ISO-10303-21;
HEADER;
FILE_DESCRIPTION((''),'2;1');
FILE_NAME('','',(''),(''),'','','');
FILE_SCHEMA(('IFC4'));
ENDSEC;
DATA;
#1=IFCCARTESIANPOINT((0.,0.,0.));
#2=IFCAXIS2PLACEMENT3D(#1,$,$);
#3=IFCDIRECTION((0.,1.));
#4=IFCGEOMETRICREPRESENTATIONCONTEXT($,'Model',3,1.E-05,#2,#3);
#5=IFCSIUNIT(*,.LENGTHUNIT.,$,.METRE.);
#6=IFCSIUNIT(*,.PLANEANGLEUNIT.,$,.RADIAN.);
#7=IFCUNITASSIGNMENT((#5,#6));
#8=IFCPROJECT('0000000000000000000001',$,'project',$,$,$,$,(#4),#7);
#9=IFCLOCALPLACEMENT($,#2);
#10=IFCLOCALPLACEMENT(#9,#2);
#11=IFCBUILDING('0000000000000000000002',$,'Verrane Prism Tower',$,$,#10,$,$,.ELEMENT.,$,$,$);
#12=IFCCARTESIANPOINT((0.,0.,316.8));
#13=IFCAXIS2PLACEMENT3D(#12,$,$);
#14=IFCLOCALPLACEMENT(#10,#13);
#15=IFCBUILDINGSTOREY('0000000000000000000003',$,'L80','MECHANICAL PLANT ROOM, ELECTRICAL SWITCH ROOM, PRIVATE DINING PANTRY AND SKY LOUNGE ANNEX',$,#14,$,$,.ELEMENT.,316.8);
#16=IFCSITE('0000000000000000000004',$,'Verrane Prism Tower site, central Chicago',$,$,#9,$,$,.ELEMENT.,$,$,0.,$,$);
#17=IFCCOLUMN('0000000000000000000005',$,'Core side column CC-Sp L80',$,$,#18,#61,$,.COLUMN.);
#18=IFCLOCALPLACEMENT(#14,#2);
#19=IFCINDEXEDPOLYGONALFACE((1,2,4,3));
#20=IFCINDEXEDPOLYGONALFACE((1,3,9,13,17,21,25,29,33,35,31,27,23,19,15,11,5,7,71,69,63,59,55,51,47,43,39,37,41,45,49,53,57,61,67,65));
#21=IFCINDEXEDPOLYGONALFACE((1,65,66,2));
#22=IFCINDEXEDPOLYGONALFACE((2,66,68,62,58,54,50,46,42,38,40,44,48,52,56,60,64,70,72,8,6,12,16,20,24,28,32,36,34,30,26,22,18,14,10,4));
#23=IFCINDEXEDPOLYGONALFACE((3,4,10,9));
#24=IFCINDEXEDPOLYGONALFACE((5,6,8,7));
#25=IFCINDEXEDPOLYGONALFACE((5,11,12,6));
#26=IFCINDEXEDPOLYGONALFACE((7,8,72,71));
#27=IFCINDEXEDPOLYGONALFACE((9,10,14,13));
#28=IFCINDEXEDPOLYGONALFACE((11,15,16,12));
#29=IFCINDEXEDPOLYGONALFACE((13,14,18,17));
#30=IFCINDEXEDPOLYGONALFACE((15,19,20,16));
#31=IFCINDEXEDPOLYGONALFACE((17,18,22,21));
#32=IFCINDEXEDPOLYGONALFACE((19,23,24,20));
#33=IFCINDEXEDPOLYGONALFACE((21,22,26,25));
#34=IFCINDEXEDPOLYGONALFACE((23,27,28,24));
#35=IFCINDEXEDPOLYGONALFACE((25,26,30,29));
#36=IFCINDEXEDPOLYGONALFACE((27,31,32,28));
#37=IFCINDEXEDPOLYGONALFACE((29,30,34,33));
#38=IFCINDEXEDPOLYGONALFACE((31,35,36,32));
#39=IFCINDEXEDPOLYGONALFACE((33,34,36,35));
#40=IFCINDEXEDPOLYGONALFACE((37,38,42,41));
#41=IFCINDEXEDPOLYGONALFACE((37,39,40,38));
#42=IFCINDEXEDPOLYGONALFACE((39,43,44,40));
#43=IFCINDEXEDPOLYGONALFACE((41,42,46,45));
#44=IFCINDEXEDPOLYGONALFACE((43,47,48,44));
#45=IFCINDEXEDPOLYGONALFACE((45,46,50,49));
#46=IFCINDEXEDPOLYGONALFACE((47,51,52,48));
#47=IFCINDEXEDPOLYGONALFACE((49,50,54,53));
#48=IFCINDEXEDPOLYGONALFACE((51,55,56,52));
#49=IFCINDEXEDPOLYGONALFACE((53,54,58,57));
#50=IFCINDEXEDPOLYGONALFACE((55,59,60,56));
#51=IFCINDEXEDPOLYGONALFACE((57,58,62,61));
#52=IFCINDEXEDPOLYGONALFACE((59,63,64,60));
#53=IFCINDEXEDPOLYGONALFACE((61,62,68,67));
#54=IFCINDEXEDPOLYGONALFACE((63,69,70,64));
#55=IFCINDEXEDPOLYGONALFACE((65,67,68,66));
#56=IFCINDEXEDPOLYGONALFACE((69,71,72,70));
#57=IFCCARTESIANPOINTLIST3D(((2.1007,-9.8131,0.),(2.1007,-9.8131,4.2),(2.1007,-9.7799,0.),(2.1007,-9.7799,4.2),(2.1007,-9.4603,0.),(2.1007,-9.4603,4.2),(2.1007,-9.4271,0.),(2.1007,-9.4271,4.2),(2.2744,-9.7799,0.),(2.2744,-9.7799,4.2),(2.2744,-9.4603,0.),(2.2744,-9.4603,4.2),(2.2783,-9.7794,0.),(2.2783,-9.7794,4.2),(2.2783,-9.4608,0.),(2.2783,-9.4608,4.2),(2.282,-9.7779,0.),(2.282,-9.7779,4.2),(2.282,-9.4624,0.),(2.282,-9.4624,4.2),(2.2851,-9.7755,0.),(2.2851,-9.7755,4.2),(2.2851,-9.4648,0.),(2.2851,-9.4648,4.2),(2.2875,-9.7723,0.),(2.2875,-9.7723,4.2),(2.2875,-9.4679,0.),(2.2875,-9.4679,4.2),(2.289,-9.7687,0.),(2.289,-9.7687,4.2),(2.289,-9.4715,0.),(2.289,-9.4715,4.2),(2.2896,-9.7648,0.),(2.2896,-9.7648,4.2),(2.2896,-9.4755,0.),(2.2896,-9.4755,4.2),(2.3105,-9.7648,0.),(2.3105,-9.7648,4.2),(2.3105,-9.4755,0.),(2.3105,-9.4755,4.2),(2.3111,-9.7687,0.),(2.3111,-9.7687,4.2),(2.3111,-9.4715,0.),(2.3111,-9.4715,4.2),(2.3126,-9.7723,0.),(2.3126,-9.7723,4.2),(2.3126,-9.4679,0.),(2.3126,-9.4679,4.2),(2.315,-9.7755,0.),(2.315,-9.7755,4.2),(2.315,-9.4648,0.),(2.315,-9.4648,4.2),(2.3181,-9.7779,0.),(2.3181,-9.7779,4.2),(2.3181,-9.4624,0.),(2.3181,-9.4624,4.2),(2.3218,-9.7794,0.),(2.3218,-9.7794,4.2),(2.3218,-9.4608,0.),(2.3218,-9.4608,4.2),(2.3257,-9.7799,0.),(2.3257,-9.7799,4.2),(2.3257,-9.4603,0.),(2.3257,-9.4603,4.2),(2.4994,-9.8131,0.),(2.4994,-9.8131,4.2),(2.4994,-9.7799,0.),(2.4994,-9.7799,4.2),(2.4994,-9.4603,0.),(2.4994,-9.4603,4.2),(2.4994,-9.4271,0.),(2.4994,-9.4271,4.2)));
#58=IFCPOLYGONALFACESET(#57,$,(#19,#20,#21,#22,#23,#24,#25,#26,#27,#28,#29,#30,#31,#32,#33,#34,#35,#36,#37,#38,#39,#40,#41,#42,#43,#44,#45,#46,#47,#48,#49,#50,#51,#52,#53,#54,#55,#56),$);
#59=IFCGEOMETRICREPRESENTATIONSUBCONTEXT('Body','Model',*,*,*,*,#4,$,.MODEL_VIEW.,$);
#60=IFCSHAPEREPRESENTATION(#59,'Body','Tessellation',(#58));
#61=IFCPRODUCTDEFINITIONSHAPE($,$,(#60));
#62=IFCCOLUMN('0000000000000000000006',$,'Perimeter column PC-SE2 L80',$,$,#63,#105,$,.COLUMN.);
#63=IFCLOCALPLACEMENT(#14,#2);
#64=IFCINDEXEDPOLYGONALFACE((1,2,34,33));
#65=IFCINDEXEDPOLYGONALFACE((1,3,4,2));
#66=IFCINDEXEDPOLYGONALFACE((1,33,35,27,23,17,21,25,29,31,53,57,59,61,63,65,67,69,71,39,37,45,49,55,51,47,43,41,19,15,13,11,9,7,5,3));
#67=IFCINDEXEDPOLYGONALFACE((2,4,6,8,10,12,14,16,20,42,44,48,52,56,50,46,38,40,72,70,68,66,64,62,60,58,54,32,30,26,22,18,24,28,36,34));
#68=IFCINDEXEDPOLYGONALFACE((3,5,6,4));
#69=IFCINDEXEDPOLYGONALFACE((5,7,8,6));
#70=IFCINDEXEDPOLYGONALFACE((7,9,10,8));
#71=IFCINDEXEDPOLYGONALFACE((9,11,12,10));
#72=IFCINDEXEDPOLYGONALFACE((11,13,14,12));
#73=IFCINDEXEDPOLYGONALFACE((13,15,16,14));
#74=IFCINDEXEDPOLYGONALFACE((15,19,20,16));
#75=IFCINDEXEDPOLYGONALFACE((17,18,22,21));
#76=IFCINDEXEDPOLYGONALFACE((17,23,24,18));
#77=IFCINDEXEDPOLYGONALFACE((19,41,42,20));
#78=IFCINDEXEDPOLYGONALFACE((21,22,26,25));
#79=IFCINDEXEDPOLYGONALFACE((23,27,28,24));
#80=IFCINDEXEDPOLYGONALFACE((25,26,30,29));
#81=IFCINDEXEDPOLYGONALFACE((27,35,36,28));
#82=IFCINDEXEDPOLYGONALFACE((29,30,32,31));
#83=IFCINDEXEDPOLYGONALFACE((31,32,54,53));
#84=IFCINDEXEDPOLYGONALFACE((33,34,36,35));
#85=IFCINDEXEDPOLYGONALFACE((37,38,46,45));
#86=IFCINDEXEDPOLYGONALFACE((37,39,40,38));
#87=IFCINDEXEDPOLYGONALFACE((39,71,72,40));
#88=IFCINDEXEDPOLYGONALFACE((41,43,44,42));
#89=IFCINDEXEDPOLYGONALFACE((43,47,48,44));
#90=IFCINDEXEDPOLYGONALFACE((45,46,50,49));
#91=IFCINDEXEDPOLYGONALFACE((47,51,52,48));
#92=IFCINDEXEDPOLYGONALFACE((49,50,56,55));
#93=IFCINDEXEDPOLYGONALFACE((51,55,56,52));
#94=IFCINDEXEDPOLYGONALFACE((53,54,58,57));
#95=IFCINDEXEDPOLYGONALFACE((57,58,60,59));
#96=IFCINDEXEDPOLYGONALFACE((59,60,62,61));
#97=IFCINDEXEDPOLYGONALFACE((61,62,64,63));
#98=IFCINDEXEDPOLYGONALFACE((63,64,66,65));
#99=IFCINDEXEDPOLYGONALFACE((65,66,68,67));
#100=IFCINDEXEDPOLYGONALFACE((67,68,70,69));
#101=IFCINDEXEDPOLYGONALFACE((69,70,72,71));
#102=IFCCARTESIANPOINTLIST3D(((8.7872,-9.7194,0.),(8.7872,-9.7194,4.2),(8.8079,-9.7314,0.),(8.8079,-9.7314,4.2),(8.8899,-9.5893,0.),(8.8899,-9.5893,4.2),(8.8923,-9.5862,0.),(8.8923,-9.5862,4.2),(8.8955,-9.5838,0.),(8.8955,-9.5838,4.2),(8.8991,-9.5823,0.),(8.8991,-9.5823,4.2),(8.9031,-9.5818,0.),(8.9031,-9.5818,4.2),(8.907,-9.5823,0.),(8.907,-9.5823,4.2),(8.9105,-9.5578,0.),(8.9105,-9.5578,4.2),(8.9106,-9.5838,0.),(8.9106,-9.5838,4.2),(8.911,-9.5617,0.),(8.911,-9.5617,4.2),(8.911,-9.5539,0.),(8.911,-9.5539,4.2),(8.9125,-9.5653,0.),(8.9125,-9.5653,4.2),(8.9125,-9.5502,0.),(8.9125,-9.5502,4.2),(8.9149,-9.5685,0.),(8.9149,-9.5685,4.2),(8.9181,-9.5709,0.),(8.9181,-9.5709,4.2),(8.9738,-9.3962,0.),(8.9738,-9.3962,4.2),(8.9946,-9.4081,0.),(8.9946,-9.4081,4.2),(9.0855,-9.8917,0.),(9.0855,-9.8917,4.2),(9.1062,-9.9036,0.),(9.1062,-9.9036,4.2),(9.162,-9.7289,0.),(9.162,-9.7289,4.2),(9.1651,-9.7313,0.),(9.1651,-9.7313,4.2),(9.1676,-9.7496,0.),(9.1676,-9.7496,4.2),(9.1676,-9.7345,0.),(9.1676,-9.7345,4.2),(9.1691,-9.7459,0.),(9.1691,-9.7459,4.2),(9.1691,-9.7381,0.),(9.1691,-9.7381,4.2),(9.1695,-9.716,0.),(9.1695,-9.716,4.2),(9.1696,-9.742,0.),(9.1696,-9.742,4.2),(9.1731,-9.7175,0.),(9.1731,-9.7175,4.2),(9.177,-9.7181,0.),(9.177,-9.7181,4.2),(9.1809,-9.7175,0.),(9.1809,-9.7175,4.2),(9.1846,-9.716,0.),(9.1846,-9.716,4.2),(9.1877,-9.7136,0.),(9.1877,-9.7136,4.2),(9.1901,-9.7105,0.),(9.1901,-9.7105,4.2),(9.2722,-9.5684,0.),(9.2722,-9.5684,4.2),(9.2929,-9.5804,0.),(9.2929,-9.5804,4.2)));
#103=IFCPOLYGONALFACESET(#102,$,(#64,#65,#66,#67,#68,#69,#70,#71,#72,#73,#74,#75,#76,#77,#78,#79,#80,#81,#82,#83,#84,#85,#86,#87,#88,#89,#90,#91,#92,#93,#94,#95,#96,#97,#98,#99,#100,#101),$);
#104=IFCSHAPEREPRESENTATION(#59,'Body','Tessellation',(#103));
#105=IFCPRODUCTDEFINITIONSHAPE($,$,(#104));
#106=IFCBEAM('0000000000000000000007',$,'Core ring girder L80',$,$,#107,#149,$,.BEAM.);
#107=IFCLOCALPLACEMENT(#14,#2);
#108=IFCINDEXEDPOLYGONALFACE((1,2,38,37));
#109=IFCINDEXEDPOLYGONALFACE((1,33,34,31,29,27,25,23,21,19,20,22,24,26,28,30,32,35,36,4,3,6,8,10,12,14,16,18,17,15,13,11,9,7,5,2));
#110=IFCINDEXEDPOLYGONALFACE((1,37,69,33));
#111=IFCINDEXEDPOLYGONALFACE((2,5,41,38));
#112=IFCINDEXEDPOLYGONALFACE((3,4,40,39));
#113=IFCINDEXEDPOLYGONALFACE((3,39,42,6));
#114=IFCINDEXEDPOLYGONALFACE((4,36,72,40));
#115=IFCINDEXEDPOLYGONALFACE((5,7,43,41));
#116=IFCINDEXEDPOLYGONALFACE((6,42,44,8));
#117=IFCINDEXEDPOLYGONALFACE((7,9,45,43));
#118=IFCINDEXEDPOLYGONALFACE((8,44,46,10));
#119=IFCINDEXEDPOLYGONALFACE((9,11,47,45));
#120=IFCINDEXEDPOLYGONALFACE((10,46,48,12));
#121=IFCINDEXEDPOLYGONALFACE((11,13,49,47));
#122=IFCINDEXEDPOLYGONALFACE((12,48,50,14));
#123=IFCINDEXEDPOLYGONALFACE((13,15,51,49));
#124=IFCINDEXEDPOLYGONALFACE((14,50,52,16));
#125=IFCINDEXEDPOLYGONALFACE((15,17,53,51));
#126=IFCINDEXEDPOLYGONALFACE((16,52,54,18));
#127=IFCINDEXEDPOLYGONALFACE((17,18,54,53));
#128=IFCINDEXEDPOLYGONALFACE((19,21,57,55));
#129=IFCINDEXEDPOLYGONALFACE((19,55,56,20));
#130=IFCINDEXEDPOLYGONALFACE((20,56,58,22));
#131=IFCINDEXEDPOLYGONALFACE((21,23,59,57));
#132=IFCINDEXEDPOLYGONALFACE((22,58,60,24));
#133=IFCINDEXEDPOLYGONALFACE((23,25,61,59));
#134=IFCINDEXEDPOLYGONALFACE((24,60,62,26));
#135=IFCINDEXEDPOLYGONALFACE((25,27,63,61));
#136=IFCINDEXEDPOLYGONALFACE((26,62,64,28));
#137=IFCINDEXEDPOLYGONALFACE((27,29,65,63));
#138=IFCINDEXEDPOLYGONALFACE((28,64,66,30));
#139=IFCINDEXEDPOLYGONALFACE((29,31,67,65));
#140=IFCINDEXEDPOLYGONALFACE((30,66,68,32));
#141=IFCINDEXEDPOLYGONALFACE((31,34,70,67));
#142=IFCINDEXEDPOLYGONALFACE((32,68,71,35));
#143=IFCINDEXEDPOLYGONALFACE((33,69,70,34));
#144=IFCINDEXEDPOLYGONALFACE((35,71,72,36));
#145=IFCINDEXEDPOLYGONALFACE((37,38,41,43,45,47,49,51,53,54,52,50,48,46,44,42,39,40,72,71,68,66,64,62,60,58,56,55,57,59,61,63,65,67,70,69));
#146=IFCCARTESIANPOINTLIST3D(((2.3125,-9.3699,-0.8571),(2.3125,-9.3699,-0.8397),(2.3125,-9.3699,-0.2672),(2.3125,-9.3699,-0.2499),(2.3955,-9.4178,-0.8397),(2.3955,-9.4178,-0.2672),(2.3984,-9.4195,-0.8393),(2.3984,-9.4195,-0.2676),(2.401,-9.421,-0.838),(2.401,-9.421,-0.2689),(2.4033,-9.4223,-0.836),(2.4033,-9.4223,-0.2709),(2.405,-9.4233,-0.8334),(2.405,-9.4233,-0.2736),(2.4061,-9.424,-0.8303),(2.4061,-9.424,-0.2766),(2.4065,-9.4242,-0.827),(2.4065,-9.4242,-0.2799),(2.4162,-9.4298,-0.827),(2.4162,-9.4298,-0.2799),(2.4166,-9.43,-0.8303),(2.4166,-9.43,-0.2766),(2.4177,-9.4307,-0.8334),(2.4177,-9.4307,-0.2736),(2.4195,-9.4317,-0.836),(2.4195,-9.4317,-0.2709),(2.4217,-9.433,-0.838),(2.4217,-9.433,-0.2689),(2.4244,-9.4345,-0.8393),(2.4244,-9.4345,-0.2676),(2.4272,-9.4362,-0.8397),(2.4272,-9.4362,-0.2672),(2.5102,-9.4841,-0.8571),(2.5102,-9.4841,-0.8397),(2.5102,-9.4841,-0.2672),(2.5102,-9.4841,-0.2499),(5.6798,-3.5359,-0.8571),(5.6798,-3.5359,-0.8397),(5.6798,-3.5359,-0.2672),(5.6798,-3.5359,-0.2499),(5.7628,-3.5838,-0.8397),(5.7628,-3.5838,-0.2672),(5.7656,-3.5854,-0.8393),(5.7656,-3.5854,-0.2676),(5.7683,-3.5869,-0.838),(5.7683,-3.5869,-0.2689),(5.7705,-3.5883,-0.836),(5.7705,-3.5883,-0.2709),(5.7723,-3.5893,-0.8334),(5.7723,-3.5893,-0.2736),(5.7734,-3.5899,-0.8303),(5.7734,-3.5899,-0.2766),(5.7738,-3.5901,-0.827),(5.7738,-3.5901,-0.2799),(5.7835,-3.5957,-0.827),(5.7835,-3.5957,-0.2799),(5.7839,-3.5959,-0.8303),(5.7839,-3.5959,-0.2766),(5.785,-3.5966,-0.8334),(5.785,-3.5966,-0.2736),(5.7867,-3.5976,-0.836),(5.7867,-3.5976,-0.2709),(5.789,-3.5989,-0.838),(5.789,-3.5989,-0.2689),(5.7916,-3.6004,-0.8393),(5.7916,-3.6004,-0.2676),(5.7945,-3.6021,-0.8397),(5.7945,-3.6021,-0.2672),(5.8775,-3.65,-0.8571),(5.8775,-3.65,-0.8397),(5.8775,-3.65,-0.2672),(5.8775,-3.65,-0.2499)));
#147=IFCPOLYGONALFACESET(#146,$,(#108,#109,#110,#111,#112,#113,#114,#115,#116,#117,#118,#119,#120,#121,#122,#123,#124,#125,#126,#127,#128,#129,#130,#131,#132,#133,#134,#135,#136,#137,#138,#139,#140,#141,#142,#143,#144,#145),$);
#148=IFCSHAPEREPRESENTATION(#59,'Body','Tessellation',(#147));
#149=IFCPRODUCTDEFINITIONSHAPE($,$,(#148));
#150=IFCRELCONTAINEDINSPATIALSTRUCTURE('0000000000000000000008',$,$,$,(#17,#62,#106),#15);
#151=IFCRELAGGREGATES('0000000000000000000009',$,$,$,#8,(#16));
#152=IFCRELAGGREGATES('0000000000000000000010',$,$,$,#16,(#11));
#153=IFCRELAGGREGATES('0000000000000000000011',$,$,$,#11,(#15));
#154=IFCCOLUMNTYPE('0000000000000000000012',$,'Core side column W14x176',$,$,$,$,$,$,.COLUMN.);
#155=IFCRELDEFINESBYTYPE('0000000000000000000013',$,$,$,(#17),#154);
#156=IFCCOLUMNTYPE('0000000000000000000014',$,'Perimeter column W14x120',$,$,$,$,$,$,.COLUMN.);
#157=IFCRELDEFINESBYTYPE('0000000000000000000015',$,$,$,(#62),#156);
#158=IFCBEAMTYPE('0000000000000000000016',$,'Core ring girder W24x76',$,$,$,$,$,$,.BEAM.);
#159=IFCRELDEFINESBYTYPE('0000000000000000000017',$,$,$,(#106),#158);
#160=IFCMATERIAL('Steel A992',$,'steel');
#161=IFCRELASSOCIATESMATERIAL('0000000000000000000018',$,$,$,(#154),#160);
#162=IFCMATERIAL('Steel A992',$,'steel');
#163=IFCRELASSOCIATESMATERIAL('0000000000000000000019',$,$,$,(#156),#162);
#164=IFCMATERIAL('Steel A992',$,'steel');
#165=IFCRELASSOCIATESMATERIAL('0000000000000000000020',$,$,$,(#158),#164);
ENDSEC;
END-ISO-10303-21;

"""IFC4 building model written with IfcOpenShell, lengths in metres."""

from ifc_helpers import new_model, si_unit, direction, frame, origin, origin_2d, place, context, subcontext, project, spatial, i_section, extrude, material, material_profile, profile_set, type_object, element, save


model = new_model("IFC4")

# Units and contexts
model_context = context("Model", 3, precision=1e-05, world=origin(), true_north=direction((0.0, 1.0)))
body_context = subcontext(model_context, "Body", "Model", "MODEL_VIEW")
ifc_project = project(units=[si_unit("LENGTHUNIT", "METRE"), si_unit("PLANEANGLEUNIT", "RADIAN")], contexts=[model_context])

# Site, building, storey
site_placement = place(None, origin())
site = spatial("IfcSite", under=ifc_project, at=site_placement, Name="Verrane Prism Tower site, central Chicago", CompositionType="ELEMENT", RefElevation=0.0)
building_placement = place(site_placement, origin())
building = spatial("IfcBuilding", under=site, at=building_placement, Name="Verrane Prism Tower", CompositionType="ELEMENT")
storey_placement = place(building_placement, frame((0.0, 0.0, 316.8)))
storey = spatial("IfcBuildingStorey", under=building, at=storey_placement, Name="L80", Description="MECHANICAL PLANT ROOM, ELECTRICAL SWITCH ROOM, PRIVATE DINING PANTRY AND SKY LOUNGE ANNEX", CompositionType="ELEMENT", Elevation=316.8)

# Columns
ifc_material_1 = material(Name="Steel A992", Category="steel")
ifc_material_profile_1 = material_profile(ifc_material_1, i_section(OverallWidth=0.3987, OverallDepth=0.386, WebThickness=0.021, FlangeThickness=0.0332, FilletRadius=0.0151, at=origin_2d()), Name="W14x176")
ifc_profile_set_1 = profile_set([ifc_material_profile_1], Name="Steel A992")
column_type_1 = type_object("IfcColumnType", Name="Core side column W14x176", PredefinedType="COLUMN", material=ifc_profile_set_1)
column_1_placement = place(storey_placement, frame((2.3, -9.6201, 0.0), z_axis=(0.0, 0.0, 1.0), x_axis=(1.0, 0.0, 0.0)))
element("IfcColumn", 1, at=column_1_placement, inside=storey, type_object=column_type_1, Name="Core side column CC-Sp L80", PredefinedType="COLUMN", context=body_context, shape_type="SweptSolid", body=[
    extrude(i_section(OverallWidth=0.3987, OverallDepth=0.386, WebThickness=0.021, FlangeThickness=0.0332, FilletRadius=0.0151, at=origin_2d()), origin(), (0.0, 0.0, 1.0), 4.2),
])
ifc_material_2 = material(Name="Steel A992", Category="steel")
ifc_material_profile_2 = material_profile(ifc_material_2, i_section(OverallWidth=0.3733, OverallDepth=0.3684, WebThickness=0.0149, FlangeThickness=0.0239, FilletRadius=0.0151, at=origin_2d()), Name="W14x120")
ifc_profile_set_2 = profile_set([ifc_material_profile_2], Name="Steel A992")
column_type_2 = type_object("IfcColumnType", Name="Perimeter column W14x120", PredefinedType="COLUMN", material=ifc_profile_set_2)
column_2_placement = place(storey_placement, frame((9.04, -9.6499, 0.0), z_axis=(0.0, 0.0, 1.0), x_axis=(-0.5, -0.866025, 0.0)))
element("IfcColumn", 2, at=column_2_placement, inside=storey, type_object=column_type_2, Name="Perimeter column PC-SE2 L80", PredefinedType="COLUMN", context=body_context, shape_type="SweptSolid", body=[
    extrude(i_section(OverallWidth=0.3733, OverallDepth=0.3684, WebThickness=0.0149, FlangeThickness=0.0239, FilletRadius=0.0151, at=origin_2d()), origin(), (0.0, 0.0, 1.0), 4.2),
])

# Beam
ifc_material_3 = material(Name="Steel A992", Category="steel")
ifc_material_profile_3 = material_profile(ifc_material_3, i_section(OverallWidth=0.2283, OverallDepth=0.6072, WebThickness=0.0112, FlangeThickness=0.0173, FilletRadius=0.0127, at=origin_2d()), Name="W24x76")
ifc_profile_set_3 = profile_set([ifc_material_profile_3], Name="Steel A992")
beam_type_1 = type_object("IfcBeamType", Name="Core ring girder W24x76", PredefinedType="BEAM", material=ifc_profile_set_3)
beam_1_placement = place(storey_placement, frame((2.4114, -9.427, -0.5535), z_axis=(0.499881, 0.866094, 0.0), x_axis=(-0.866094, 0.499881, 0.0)))
element("IfcBeam", 3, at=beam_1_placement, inside=storey, type_object=beam_type_1, Name="Core ring girder L80", PredefinedType="BEAM", context=body_context, shape_type="SweptSolid", body=[
    extrude(i_section(OverallWidth=0.2283, OverallDepth=0.6072, WebThickness=0.0112, FlangeThickness=0.0173, FilletRadius=0.0127, at=origin_2d()), origin(), (0.0, 0.0, 1.0), 6.7361),
])

save(model, "model.ifc")
